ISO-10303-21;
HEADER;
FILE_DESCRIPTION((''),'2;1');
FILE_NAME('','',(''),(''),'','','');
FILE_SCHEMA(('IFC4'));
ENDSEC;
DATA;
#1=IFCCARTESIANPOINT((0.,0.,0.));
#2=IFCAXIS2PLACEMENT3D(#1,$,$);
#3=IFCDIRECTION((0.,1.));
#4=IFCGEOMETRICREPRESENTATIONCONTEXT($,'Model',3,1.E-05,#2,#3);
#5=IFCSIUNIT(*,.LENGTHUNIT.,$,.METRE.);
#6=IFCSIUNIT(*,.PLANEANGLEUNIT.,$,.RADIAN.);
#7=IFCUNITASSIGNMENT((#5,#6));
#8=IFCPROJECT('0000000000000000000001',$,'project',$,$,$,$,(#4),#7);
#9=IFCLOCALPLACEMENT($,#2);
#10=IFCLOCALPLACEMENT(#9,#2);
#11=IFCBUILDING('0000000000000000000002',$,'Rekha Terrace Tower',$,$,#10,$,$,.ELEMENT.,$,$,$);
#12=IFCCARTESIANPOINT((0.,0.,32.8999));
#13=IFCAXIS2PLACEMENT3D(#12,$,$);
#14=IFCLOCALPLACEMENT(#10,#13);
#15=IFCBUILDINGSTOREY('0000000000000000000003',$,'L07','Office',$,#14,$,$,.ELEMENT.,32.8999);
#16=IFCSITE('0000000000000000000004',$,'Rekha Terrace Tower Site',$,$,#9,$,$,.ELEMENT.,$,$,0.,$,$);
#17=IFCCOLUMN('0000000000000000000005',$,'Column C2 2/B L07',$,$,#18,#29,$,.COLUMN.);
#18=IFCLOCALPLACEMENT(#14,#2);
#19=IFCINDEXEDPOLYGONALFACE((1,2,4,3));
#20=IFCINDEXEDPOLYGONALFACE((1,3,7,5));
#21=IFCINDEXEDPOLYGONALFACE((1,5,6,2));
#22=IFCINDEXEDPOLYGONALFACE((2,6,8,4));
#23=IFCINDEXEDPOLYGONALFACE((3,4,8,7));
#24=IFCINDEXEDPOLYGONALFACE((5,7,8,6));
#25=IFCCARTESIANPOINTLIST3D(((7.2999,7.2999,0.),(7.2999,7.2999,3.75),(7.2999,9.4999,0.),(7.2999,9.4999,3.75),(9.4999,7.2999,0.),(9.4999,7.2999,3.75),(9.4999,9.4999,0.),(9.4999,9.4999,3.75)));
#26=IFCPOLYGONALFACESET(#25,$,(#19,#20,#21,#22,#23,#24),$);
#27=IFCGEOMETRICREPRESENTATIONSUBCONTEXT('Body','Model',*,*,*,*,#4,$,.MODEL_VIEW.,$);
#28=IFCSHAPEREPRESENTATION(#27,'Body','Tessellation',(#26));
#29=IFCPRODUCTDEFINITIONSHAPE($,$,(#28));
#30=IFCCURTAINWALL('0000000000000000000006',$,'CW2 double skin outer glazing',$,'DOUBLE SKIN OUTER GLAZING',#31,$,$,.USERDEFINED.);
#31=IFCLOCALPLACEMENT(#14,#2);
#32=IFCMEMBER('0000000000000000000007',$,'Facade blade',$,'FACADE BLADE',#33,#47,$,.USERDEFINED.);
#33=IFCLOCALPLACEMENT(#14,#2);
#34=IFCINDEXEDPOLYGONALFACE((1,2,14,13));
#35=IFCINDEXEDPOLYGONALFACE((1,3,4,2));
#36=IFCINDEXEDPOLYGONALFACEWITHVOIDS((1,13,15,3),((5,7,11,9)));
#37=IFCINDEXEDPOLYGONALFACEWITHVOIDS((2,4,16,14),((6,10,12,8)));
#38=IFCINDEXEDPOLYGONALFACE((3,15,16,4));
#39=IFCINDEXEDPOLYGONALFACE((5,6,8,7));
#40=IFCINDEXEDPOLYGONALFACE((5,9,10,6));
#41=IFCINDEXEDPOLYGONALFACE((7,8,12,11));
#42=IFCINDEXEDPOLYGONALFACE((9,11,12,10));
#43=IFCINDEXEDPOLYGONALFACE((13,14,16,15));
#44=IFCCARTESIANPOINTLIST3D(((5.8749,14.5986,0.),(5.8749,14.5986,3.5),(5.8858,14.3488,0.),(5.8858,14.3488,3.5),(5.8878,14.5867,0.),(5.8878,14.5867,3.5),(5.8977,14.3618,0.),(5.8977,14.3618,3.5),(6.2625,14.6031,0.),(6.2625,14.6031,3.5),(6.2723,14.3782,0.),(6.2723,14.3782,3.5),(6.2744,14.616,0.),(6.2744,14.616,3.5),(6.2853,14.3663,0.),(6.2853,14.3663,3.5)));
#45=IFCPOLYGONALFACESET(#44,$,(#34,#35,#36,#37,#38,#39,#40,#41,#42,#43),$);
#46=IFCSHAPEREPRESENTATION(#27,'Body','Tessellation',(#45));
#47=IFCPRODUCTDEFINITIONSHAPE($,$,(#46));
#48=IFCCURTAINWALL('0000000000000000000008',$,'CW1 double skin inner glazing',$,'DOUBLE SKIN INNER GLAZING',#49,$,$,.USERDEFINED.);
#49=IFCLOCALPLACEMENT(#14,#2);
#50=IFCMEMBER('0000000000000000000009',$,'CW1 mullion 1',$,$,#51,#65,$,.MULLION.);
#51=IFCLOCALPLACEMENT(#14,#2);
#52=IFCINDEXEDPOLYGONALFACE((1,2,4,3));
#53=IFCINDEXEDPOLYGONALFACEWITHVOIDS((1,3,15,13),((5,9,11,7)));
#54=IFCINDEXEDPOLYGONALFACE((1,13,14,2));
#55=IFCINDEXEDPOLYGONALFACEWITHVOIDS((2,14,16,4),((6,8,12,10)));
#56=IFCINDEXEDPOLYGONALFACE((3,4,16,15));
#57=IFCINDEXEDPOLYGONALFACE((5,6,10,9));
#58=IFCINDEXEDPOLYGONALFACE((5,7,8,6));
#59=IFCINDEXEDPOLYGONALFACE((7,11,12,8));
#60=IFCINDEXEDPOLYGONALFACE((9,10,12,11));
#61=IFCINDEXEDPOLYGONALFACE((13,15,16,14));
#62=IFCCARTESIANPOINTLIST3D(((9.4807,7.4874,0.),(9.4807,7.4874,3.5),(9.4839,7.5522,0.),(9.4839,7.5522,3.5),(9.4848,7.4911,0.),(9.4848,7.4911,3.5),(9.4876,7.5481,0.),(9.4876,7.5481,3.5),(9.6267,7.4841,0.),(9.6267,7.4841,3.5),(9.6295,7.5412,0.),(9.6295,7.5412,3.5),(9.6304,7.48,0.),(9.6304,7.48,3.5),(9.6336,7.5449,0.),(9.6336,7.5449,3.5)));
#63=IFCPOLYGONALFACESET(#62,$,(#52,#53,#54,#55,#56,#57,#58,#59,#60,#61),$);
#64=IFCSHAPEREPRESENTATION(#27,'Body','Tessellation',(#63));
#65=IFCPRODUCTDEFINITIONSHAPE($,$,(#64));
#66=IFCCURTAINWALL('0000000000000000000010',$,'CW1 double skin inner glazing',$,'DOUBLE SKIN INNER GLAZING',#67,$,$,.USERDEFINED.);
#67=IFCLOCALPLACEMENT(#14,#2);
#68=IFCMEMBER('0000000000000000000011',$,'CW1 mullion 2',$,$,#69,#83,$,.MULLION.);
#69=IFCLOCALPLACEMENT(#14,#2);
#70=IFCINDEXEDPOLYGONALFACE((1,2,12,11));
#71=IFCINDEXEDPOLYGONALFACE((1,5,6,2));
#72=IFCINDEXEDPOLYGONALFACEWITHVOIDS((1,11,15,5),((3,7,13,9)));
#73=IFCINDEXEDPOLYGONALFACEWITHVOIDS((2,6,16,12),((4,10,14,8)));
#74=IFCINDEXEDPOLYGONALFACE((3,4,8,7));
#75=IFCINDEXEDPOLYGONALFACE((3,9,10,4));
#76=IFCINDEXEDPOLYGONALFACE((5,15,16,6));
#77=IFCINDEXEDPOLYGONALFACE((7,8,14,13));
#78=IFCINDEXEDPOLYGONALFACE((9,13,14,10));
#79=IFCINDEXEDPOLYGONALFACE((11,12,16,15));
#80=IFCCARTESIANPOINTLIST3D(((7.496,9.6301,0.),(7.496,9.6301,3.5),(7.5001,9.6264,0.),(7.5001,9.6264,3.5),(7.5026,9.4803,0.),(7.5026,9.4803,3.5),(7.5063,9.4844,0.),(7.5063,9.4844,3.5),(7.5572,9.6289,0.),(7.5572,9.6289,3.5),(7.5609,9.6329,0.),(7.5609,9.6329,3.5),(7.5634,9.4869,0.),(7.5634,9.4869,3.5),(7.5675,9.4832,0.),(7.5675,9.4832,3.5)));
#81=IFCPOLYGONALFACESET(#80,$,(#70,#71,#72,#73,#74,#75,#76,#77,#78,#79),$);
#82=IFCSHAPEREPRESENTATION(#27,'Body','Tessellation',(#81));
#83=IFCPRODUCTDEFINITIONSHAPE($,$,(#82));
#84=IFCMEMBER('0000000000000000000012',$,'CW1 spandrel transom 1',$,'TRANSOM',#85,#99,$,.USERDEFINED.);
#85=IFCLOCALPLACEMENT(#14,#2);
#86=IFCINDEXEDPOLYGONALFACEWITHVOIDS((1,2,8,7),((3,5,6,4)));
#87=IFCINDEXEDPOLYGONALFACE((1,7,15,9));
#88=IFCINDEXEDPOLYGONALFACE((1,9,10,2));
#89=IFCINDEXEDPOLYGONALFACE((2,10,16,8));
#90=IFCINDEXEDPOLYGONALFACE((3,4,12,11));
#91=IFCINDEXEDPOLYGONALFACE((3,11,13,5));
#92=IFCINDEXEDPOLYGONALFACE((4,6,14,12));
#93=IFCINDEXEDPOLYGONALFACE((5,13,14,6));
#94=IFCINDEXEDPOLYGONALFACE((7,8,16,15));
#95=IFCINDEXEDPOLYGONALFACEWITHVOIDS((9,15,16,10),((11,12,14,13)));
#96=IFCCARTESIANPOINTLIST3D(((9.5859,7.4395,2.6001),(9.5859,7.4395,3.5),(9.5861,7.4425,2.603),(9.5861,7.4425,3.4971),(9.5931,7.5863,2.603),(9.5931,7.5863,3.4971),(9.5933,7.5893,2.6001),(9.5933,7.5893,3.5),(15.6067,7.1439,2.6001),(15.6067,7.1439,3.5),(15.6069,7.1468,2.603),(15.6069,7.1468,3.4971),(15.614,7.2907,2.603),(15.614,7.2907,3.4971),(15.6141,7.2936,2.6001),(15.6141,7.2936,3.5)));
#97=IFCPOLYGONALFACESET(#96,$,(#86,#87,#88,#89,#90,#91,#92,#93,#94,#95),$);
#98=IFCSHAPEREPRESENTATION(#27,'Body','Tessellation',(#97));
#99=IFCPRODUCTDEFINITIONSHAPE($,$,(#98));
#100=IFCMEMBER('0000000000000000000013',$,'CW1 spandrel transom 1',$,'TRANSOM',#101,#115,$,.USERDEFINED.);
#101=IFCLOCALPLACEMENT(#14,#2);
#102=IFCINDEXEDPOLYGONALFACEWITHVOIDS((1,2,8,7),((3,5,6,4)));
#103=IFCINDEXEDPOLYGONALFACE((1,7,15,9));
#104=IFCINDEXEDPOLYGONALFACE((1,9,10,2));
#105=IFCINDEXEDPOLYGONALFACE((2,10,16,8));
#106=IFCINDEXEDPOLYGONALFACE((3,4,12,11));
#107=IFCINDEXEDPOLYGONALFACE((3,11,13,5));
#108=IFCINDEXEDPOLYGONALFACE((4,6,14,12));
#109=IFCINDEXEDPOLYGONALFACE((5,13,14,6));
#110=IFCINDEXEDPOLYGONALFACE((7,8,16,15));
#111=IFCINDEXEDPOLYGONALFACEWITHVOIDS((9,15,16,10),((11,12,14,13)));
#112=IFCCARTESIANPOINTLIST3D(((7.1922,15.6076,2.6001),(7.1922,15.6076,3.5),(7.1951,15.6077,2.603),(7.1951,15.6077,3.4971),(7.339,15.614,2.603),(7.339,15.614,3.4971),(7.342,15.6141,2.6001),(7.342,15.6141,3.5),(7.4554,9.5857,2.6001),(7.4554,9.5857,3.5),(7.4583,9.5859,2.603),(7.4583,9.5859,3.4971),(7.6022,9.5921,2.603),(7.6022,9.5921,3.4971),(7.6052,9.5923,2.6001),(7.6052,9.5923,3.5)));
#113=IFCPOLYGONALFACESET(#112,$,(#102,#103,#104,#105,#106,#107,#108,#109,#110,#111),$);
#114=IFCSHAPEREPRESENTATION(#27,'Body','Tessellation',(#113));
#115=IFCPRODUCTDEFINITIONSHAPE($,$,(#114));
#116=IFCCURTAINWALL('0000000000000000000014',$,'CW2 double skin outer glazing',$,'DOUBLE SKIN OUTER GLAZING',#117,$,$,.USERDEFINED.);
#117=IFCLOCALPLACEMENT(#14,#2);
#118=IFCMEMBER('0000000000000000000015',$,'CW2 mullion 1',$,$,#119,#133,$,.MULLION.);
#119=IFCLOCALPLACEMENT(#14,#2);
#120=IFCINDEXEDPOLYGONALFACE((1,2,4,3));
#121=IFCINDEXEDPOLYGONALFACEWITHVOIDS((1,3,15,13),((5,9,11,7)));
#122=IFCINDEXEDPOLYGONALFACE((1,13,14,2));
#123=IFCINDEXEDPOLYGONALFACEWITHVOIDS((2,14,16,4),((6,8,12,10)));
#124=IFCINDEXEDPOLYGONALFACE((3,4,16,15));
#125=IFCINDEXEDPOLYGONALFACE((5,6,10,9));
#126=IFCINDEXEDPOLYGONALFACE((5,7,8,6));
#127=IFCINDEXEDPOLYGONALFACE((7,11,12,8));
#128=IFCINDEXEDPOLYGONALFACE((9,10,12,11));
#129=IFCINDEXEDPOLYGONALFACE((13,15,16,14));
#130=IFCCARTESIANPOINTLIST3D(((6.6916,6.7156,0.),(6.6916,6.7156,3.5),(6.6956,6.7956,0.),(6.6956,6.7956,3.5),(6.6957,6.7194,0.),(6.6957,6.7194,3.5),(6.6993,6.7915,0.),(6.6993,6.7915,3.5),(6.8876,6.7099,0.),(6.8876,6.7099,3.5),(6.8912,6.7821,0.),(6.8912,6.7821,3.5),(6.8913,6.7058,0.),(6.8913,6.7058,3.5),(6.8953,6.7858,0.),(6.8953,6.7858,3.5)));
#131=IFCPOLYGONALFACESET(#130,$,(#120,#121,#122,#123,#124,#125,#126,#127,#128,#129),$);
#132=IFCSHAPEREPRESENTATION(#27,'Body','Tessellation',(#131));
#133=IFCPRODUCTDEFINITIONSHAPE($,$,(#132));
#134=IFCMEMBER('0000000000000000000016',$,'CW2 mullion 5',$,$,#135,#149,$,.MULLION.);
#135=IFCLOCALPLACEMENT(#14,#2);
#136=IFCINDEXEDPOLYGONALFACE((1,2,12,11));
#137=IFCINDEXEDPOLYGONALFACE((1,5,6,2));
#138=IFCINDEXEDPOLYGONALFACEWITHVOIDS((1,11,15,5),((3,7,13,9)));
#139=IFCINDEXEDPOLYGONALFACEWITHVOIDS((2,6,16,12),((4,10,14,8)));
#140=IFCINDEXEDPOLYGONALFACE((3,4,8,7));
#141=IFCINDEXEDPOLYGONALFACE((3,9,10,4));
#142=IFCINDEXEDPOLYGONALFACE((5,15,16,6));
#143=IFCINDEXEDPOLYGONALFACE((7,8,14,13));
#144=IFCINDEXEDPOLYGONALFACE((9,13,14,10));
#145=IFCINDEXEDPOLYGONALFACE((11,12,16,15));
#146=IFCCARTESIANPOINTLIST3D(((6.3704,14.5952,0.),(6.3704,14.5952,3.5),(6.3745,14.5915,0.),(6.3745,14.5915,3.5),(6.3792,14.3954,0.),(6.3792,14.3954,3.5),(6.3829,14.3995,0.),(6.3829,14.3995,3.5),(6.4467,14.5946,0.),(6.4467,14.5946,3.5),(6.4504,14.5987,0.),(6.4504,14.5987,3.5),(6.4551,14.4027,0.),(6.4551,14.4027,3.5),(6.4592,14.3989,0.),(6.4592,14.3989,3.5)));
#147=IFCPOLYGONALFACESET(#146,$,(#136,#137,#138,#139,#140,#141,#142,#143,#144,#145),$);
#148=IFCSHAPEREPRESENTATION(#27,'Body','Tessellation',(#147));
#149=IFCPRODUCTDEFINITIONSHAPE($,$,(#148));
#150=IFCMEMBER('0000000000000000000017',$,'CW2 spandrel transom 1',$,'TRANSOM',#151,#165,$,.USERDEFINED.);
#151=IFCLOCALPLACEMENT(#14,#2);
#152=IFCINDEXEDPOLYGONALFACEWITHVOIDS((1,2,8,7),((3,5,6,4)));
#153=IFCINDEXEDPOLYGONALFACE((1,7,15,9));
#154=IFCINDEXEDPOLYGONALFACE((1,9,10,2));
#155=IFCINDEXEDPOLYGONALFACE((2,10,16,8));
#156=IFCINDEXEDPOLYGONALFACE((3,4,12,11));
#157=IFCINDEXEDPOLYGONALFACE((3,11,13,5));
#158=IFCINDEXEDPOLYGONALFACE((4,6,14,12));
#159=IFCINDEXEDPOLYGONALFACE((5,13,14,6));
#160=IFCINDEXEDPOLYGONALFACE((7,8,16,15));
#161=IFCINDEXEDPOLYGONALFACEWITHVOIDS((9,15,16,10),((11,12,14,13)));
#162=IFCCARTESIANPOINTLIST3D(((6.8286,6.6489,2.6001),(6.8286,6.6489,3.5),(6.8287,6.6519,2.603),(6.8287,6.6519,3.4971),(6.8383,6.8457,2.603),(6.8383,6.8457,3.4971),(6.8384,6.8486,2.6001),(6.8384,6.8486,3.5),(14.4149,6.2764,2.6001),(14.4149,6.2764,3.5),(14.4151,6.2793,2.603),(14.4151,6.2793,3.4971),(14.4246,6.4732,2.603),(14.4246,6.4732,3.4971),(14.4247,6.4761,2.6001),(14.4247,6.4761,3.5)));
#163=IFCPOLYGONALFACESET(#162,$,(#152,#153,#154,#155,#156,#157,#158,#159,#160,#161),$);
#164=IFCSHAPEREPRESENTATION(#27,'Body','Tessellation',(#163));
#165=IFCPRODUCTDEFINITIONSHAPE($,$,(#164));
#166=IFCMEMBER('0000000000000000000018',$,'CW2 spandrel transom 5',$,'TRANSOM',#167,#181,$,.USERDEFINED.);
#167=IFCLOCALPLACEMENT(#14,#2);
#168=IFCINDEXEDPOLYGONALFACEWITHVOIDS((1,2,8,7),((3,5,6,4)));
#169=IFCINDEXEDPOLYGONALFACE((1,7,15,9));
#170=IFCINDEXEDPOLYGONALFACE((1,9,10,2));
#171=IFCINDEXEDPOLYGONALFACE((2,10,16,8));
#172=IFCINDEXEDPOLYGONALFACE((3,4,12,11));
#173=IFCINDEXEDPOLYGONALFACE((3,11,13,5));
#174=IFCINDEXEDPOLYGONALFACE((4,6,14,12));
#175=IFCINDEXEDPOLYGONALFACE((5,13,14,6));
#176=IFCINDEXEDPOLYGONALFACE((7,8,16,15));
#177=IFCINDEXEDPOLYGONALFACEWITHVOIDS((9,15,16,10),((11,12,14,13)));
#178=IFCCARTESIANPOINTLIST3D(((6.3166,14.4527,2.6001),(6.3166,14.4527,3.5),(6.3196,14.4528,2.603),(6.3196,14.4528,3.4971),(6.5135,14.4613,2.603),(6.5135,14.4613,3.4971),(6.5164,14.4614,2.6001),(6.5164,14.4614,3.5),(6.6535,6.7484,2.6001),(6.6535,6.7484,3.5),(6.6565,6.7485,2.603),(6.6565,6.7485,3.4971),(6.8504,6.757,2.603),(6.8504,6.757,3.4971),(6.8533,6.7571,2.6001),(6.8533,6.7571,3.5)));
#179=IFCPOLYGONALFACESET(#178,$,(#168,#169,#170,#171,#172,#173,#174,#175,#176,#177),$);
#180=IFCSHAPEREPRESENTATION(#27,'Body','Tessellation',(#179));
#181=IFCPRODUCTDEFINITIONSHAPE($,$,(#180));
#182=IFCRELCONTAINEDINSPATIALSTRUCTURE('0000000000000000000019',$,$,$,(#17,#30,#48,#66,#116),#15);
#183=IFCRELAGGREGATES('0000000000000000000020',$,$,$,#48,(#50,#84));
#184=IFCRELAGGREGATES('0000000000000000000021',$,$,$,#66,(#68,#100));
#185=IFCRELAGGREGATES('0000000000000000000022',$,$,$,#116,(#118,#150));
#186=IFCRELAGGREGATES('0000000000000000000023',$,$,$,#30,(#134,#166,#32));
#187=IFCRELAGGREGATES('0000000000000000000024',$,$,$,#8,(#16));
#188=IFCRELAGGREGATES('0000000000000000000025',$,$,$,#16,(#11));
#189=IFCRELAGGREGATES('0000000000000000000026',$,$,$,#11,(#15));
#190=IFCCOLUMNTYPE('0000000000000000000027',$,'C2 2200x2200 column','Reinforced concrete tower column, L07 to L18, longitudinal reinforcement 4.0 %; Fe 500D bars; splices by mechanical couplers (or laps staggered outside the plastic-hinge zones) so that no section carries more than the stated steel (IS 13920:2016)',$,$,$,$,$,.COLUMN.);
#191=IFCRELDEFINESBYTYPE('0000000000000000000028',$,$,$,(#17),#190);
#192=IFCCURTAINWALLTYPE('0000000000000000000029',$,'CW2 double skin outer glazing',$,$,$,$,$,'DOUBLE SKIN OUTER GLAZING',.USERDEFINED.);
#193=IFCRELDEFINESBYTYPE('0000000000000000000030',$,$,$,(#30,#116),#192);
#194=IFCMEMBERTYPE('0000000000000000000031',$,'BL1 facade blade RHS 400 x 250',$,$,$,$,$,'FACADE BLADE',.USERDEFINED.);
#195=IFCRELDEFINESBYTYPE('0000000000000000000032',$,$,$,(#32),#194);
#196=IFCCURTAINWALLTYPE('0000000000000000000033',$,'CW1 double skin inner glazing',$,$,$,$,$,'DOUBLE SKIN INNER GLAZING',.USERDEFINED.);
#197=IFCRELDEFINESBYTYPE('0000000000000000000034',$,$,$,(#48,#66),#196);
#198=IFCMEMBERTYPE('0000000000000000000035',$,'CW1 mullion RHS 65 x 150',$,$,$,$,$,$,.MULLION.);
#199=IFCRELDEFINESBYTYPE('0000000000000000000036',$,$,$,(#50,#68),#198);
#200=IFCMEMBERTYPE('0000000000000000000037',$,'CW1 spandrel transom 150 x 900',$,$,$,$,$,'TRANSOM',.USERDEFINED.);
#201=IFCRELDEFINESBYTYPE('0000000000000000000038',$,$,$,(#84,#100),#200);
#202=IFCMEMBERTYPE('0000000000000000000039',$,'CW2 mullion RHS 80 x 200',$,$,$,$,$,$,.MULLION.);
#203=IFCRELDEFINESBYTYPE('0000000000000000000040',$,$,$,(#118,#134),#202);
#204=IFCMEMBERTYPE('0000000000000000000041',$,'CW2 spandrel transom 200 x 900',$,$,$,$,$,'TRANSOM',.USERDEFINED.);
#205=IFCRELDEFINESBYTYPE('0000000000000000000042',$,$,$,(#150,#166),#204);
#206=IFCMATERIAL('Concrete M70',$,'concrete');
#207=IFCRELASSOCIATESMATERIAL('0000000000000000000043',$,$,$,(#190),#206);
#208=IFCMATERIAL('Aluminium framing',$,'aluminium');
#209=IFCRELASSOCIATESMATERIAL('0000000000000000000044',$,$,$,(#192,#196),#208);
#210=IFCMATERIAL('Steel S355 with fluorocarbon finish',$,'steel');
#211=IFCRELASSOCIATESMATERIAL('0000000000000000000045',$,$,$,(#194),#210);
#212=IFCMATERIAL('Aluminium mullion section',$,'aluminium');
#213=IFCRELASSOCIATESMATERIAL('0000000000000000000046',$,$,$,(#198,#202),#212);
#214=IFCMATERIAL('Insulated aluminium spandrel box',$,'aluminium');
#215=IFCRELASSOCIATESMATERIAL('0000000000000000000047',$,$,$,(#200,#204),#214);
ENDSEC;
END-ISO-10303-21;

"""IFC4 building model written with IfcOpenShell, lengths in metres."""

from ifc_helpers import new_model, si_unit, direction, frame, origin, origin_2d, place, context, subcontext, project, spatial, rectangle, hollow_rectangle, extrude, material, material_profile, profile_set, type_object, element, aggregate, save


model = new_model("IFC4")

# Units and contexts
model_context = context("Model", 3, precision=1e-05, world=origin(), true_north=direction((0.0, 1.0)))
body_context = subcontext(model_context, "Body", "Model", "MODEL_VIEW")
ifc_project = project(units=[si_unit("LENGTHUNIT", "METRE"), si_unit("PLANEANGLEUNIT", "RADIAN")], contexts=[model_context])

# Site, building, storey
site_placement = place(None, origin())
site = spatial("IfcSite", under=ifc_project, at=site_placement, Name="Rekha Terrace Tower Site", CompositionType="ELEMENT", RefElevation=0.0)
building_placement = place(site_placement, origin())
building = spatial("IfcBuilding", under=site, at=building_placement, Name="Rekha Terrace Tower", CompositionType="ELEMENT")
storey_placement = place(building_placement, frame((0.0, 0.0, 32.8999)))
storey = spatial("IfcBuildingStorey", under=building, at=storey_placement, Name="L07", Description="Office", CompositionType="ELEMENT", Elevation=32.8999)

# Column
ifc_material_1 = material(Name="Concrete M70", Category="concrete")
ifc_material_profile_1 = material_profile(ifc_material_1, rectangle(XDim=2.2, YDim=2.2, at=origin_2d()), Name="RC 2200x2200")
ifc_profile_set_1 = profile_set([ifc_material_profile_1], Name="Concrete M70")
column_type = type_object("IfcColumnType", Name="C2 2200x2200 column", Description="Reinforced concrete tower column, L07 to L18, longitudinal reinforcement 4.0 %; Fe 500D bars; splices by mechanical couplers (or laps staggered outside the plastic-hinge zones) so that no section carries more than the stated steel (IS 13920:2016)", PredefinedType="COLUMN", material=ifc_profile_set_1)
column_placement = place(storey_placement, frame((8.3999, 8.3999, 0.0), z_axis=(0.0, 0.0, 1.0), x_axis=(1.0, 0.0, 0.0)))
element("IfcColumn", 1, at=column_placement, inside=storey, type_object=column_type, Name="Column C2 2/B L07", PredefinedType="COLUMN", context=body_context, shape_type="SweptSolid", body=[
    extrude(rectangle(XDim=2.2, YDim=2.2, at=origin_2d()), origin(), (0.0, 0.0, 1.0), 3.75),
])

# Curtain walls, members
ifc_material_2 = material(Name="Aluminium framing", Category="aluminium")
curtain_wall_type_1 = type_object("IfcCurtainWallType", Name="CW2 double skin outer glazing", ElementType="DOUBLE SKIN OUTER GLAZING", PredefinedType="USERDEFINED", material=ifc_material_2)
curtain_wall_1_placement = place(storey_placement, origin())
curtain_wall_1 = element("IfcCurtainWall", 2, at=curtain_wall_1_placement, inside=storey, type_object=curtain_wall_type_1, Name="CW2 double skin outer glazing", ObjectType="DOUBLE SKIN OUTER GLAZING", PredefinedType="USERDEFINED")
ifc_material_3 = material(Name="Steel S355 with fluorocarbon finish", Category="steel")
ifc_material_profile_2 = material_profile(ifc_material_3, hollow_rectangle(XDim=0.25, YDim=0.3999, WallThickness=0.0125, at=origin_2d()), Name="RHS400x250x12.5")
ifc_profile_set_2 = profile_set([ifc_material_profile_2], Name="Steel S355 with fluorocarbon finish")
member_type_1 = type_object("IfcMemberType", Name="BL1 facade blade RHS 400 x 250", ElementType="FACADE BLADE", PredefinedType="USERDEFINED", material=ifc_profile_set_2)
member_1_placement = place(storey_placement, frame((6.0801, 14.4824, 0.0), z_axis=(0.0, 0.0, 1.0), x_axis=(0.043682, -0.999045, 0.0)))
member_1 = element("IfcMember", 3, at=member_1_placement, type_object=member_type_1, Name="Facade blade", ObjectType="FACADE BLADE", PredefinedType="USERDEFINED", context=body_context, shape_type="SweptSolid", body=[
    extrude(hollow_rectangle(XDim=0.25, YDim=0.3999, WallThickness=0.0125, at=origin_2d()), origin(), (0.0, 0.0, 1.0), 3.5),
])
curtain_wall_type_2 = type_object("IfcCurtainWallType", Name="CW1 double skin inner glazing", ElementType="DOUBLE SKIN INNER GLAZING", PredefinedType="USERDEFINED", material=ifc_material_2)
curtain_wall_2_placement = place(storey_placement, origin())
curtain_wall_2 = element("IfcCurtainWall", 4, at=curtain_wall_2_placement, inside=storey, type_object=curtain_wall_type_2, Name="CW1 double skin inner glazing", ObjectType="DOUBLE SKIN INNER GLAZING", PredefinedType="USERDEFINED")
ifc_material_4 = material(Name="Aluminium mullion section", Category="aluminium")
ifc_material_profile_3 = material_profile(ifc_material_4, hollow_rectangle(XDim=0.0649, YDim=0.1499, WallThickness=0.0039, at=origin_2d()), Name="AL RHS 65x150")
ifc_profile_set_3 = profile_set([ifc_material_profile_3], Name="Aluminium mullion section")
member_type_2 = type_object("IfcMemberType", Name="CW1 mullion RHS 65 x 150", PredefinedType="MULLION", material=ifc_profile_set_3)
member_2_placement = place(storey_placement, frame((9.5571, 7.5161, 0.0), z_axis=(0.0, 0.0, 1.0), x_axis=(0.049052, 0.998796, 0.0)))
member_2 = element("IfcMember", 5, at=member_2_placement, type_object=member_type_2, Name="CW1 mullion 1", PredefinedType="MULLION", context=body_context, shape_type="SweptSolid", body=[
    extrude(hollow_rectangle(XDim=0.0649, YDim=0.1499, WallThickness=0.0039, at=origin_2d()), origin(), (0.0, 0.0, 1.0), 3.5),
])
curtain_wall_3_placement = place(storey_placement, origin())
curtain_wall_3 = element("IfcCurtainWall", 6, at=curtain_wall_3_placement, inside=storey, type_object=curtain_wall_type_2, Name="CW1 double skin inner glazing", ObjectType="DOUBLE SKIN INNER GLAZING", PredefinedType="USERDEFINED")
member_3_placement = place(storey_placement, frame((7.5317, 9.5566, 0.0), z_axis=(0.0, 0.0, 1.0), x_axis=(0.999045, 0.043683, 0.0)))
member_3 = element("IfcMember", 7, at=member_3_placement, type_object=member_type_2, Name="CW1 mullion 2", PredefinedType="MULLION", context=body_context, shape_type="SweptSolid", body=[
    extrude(hollow_rectangle(XDim=0.0649, YDim=0.1499, WallThickness=0.0039, at=origin_2d()), origin(), (0.0, 0.0, 1.0), 3.5),
])

# Members
ifc_material_5 = material(Name="Insulated aluminium spandrel box", Category="aluminium")
ifc_material_profile_4 = material_profile(ifc_material_5, hollow_rectangle(XDim=0.1499, YDim=0.8999, WallThickness=0.0029, at=origin_2d()), Name="AL SPANDREL BOX 150x900")
ifc_profile_set_4 = profile_set([ifc_material_profile_4], Name="Insulated aluminium spandrel box")
member_type_3 = type_object("IfcMemberType", Name="CW1 spandrel transom 150 x 900", ElementType="TRANSOM", PredefinedType="USERDEFINED", material=ifc_profile_set_4)
member_4_placement = place(storey_placement, frame((9.5896, 7.5144, 3.05), z_axis=(0.998796, -0.049047, 0.0), x_axis=(0.049047, 0.998796, 0.0)))
member_4 = element("IfcMember", 8, at=member_4_placement, type_object=member_type_3, Name="CW1 spandrel transom 1", ObjectType="TRANSOM", PredefinedType="USERDEFINED", context=body_context, shape_type="SweptSolid", body=[
    extrude(hollow_rectangle(XDim=0.1499, YDim=0.8999, WallThickness=0.0029, at=origin_2d()), origin(), (0.0, 0.0, 1.0), 6.0281),
])
aggregate(curtain_wall_2, [member_2, member_4])
member_5_placement = place(storey_placement, frame((7.2671, 15.6108, 3.05), z_axis=(0.043664, -0.999046, 0.0), x_axis=(0.999046, 0.043664, 0.0)))
member_5 = element("IfcMember", 9, at=member_5_placement, type_object=member_type_3, Name="CW1 spandrel transom 1", ObjectType="TRANSOM", PredefinedType="USERDEFINED", context=body_context, shape_type="SweptSolid", body=[
    extrude(hollow_rectangle(XDim=0.1499, YDim=0.8999, WallThickness=0.0029, at=origin_2d()), origin(), (0.0, 0.0, 1.0), 6.0276),
])

# Curtain wall, member
curtain_wall_4_placement = place(storey_placement, origin())
curtain_wall_4 = element("IfcCurtainWall", 10, at=curtain_wall_4_placement, inside=storey, type_object=curtain_wall_type_1, Name="CW2 double skin outer glazing", ObjectType="DOUBLE SKIN OUTER GLAZING", PredefinedType="USERDEFINED")
ifc_material_profile_5 = material_profile(ifc_material_4, hollow_rectangle(XDim=0.0801, YDim=0.2, WallThickness=0.0039, at=origin_2d()), Name="AL RHS 80x200")
ifc_profile_set_5 = profile_set([ifc_material_profile_5], Name="Aluminium mullion section")
member_type_4 = type_object("IfcMemberType", Name="CW2 mullion RHS 80 x 200", PredefinedType="MULLION", material=ifc_profile_set_5)
member_6_placement = place(storey_placement, frame((6.7935, 6.7507, 0.0), z_axis=(0.0, 0.0, 1.0), x_axis=(0.049052, 0.998796, 0.0)))
member_6 = element("IfcMember", 11, at=member_6_placement, type_object=member_type_4, Name="CW2 mullion 1", PredefinedType="MULLION", context=body_context, shape_type="SweptSolid", body=[
    extrude(hollow_rectangle(XDim=0.0801, YDim=0.2, WallThickness=0.0039, at=origin_2d()), origin(), (0.0, 0.0, 1.0), 3.5),
])

# Members
member_7_placement = place(storey_placement, frame((6.4148, 14.4971, 0.0), z_axis=(0.0, 0.0, 1.0), x_axis=(0.999045, 0.043683, 0.0)))
member_7 = element("IfcMember", 12, at=member_7_placement, type_object=member_type_4, Name="CW2 mullion 5", PredefinedType="MULLION", context=body_context, shape_type="SweptSolid", body=[
    extrude(hollow_rectangle(XDim=0.0801, YDim=0.2, WallThickness=0.0039, at=origin_2d()), origin(), (0.0, 0.0, 1.0), 3.5),
])
ifc_material_profile_6 = material_profile(ifc_material_5, hollow_rectangle(XDim=0.2, YDim=0.8999, WallThickness=0.0029, at=origin_2d()), Name="AL SPANDREL BOX 200x900")
ifc_profile_set_6 = profile_set([ifc_material_profile_6], Name="Insulated aluminium spandrel box")
member_type_5 = type_object("IfcMemberType", Name="CW2 spandrel transom 200 x 900", ElementType="TRANSOM", PredefinedType="USERDEFINED", material=ifc_profile_set_6)
member_8_placement = place(storey_placement, frame((6.8335, 6.7488, 3.05), z_axis=(0.998796, -0.049049, 0.0), x_axis=(0.049049, 0.998796, 0.0)))
member_8 = element("IfcMember", 13, at=member_8_placement, type_object=member_type_5, Name="CW2 spandrel transom 1", ObjectType="TRANSOM", PredefinedType="USERDEFINED", context=body_context, shape_type="SweptSolid", body=[
    extrude(hollow_rectangle(XDim=0.2, YDim=0.8999, WallThickness=0.0029, at=origin_2d()), origin(), (0.0, 0.0, 1.0), 7.5955),
])
member_9_placement = place(storey_placement, frame((6.4165, 14.457, 3.05), z_axis=(0.043689, -0.999045, 0.0), x_axis=(0.999045, 0.043689, 0.0)))
member_9 = element("IfcMember", 14, at=member_9_placement, type_object=member_type_5, Name="CW2 spandrel transom 5", ObjectType="TRANSOM", PredefinedType="USERDEFINED", context=body_context, shape_type="SweptSolid", body=[
    extrude(hollow_rectangle(XDim=0.2, YDim=0.8999, WallThickness=0.0029, at=origin_2d()), origin(), (0.0, 0.0, 1.0), 7.7117),
])

aggregate(curtain_wall_3, [member_3, member_5])
aggregate(curtain_wall_4, [member_6, member_8])
aggregate(curtain_wall_1, [member_7, member_9, member_1])

save(model, "model.ifc")
